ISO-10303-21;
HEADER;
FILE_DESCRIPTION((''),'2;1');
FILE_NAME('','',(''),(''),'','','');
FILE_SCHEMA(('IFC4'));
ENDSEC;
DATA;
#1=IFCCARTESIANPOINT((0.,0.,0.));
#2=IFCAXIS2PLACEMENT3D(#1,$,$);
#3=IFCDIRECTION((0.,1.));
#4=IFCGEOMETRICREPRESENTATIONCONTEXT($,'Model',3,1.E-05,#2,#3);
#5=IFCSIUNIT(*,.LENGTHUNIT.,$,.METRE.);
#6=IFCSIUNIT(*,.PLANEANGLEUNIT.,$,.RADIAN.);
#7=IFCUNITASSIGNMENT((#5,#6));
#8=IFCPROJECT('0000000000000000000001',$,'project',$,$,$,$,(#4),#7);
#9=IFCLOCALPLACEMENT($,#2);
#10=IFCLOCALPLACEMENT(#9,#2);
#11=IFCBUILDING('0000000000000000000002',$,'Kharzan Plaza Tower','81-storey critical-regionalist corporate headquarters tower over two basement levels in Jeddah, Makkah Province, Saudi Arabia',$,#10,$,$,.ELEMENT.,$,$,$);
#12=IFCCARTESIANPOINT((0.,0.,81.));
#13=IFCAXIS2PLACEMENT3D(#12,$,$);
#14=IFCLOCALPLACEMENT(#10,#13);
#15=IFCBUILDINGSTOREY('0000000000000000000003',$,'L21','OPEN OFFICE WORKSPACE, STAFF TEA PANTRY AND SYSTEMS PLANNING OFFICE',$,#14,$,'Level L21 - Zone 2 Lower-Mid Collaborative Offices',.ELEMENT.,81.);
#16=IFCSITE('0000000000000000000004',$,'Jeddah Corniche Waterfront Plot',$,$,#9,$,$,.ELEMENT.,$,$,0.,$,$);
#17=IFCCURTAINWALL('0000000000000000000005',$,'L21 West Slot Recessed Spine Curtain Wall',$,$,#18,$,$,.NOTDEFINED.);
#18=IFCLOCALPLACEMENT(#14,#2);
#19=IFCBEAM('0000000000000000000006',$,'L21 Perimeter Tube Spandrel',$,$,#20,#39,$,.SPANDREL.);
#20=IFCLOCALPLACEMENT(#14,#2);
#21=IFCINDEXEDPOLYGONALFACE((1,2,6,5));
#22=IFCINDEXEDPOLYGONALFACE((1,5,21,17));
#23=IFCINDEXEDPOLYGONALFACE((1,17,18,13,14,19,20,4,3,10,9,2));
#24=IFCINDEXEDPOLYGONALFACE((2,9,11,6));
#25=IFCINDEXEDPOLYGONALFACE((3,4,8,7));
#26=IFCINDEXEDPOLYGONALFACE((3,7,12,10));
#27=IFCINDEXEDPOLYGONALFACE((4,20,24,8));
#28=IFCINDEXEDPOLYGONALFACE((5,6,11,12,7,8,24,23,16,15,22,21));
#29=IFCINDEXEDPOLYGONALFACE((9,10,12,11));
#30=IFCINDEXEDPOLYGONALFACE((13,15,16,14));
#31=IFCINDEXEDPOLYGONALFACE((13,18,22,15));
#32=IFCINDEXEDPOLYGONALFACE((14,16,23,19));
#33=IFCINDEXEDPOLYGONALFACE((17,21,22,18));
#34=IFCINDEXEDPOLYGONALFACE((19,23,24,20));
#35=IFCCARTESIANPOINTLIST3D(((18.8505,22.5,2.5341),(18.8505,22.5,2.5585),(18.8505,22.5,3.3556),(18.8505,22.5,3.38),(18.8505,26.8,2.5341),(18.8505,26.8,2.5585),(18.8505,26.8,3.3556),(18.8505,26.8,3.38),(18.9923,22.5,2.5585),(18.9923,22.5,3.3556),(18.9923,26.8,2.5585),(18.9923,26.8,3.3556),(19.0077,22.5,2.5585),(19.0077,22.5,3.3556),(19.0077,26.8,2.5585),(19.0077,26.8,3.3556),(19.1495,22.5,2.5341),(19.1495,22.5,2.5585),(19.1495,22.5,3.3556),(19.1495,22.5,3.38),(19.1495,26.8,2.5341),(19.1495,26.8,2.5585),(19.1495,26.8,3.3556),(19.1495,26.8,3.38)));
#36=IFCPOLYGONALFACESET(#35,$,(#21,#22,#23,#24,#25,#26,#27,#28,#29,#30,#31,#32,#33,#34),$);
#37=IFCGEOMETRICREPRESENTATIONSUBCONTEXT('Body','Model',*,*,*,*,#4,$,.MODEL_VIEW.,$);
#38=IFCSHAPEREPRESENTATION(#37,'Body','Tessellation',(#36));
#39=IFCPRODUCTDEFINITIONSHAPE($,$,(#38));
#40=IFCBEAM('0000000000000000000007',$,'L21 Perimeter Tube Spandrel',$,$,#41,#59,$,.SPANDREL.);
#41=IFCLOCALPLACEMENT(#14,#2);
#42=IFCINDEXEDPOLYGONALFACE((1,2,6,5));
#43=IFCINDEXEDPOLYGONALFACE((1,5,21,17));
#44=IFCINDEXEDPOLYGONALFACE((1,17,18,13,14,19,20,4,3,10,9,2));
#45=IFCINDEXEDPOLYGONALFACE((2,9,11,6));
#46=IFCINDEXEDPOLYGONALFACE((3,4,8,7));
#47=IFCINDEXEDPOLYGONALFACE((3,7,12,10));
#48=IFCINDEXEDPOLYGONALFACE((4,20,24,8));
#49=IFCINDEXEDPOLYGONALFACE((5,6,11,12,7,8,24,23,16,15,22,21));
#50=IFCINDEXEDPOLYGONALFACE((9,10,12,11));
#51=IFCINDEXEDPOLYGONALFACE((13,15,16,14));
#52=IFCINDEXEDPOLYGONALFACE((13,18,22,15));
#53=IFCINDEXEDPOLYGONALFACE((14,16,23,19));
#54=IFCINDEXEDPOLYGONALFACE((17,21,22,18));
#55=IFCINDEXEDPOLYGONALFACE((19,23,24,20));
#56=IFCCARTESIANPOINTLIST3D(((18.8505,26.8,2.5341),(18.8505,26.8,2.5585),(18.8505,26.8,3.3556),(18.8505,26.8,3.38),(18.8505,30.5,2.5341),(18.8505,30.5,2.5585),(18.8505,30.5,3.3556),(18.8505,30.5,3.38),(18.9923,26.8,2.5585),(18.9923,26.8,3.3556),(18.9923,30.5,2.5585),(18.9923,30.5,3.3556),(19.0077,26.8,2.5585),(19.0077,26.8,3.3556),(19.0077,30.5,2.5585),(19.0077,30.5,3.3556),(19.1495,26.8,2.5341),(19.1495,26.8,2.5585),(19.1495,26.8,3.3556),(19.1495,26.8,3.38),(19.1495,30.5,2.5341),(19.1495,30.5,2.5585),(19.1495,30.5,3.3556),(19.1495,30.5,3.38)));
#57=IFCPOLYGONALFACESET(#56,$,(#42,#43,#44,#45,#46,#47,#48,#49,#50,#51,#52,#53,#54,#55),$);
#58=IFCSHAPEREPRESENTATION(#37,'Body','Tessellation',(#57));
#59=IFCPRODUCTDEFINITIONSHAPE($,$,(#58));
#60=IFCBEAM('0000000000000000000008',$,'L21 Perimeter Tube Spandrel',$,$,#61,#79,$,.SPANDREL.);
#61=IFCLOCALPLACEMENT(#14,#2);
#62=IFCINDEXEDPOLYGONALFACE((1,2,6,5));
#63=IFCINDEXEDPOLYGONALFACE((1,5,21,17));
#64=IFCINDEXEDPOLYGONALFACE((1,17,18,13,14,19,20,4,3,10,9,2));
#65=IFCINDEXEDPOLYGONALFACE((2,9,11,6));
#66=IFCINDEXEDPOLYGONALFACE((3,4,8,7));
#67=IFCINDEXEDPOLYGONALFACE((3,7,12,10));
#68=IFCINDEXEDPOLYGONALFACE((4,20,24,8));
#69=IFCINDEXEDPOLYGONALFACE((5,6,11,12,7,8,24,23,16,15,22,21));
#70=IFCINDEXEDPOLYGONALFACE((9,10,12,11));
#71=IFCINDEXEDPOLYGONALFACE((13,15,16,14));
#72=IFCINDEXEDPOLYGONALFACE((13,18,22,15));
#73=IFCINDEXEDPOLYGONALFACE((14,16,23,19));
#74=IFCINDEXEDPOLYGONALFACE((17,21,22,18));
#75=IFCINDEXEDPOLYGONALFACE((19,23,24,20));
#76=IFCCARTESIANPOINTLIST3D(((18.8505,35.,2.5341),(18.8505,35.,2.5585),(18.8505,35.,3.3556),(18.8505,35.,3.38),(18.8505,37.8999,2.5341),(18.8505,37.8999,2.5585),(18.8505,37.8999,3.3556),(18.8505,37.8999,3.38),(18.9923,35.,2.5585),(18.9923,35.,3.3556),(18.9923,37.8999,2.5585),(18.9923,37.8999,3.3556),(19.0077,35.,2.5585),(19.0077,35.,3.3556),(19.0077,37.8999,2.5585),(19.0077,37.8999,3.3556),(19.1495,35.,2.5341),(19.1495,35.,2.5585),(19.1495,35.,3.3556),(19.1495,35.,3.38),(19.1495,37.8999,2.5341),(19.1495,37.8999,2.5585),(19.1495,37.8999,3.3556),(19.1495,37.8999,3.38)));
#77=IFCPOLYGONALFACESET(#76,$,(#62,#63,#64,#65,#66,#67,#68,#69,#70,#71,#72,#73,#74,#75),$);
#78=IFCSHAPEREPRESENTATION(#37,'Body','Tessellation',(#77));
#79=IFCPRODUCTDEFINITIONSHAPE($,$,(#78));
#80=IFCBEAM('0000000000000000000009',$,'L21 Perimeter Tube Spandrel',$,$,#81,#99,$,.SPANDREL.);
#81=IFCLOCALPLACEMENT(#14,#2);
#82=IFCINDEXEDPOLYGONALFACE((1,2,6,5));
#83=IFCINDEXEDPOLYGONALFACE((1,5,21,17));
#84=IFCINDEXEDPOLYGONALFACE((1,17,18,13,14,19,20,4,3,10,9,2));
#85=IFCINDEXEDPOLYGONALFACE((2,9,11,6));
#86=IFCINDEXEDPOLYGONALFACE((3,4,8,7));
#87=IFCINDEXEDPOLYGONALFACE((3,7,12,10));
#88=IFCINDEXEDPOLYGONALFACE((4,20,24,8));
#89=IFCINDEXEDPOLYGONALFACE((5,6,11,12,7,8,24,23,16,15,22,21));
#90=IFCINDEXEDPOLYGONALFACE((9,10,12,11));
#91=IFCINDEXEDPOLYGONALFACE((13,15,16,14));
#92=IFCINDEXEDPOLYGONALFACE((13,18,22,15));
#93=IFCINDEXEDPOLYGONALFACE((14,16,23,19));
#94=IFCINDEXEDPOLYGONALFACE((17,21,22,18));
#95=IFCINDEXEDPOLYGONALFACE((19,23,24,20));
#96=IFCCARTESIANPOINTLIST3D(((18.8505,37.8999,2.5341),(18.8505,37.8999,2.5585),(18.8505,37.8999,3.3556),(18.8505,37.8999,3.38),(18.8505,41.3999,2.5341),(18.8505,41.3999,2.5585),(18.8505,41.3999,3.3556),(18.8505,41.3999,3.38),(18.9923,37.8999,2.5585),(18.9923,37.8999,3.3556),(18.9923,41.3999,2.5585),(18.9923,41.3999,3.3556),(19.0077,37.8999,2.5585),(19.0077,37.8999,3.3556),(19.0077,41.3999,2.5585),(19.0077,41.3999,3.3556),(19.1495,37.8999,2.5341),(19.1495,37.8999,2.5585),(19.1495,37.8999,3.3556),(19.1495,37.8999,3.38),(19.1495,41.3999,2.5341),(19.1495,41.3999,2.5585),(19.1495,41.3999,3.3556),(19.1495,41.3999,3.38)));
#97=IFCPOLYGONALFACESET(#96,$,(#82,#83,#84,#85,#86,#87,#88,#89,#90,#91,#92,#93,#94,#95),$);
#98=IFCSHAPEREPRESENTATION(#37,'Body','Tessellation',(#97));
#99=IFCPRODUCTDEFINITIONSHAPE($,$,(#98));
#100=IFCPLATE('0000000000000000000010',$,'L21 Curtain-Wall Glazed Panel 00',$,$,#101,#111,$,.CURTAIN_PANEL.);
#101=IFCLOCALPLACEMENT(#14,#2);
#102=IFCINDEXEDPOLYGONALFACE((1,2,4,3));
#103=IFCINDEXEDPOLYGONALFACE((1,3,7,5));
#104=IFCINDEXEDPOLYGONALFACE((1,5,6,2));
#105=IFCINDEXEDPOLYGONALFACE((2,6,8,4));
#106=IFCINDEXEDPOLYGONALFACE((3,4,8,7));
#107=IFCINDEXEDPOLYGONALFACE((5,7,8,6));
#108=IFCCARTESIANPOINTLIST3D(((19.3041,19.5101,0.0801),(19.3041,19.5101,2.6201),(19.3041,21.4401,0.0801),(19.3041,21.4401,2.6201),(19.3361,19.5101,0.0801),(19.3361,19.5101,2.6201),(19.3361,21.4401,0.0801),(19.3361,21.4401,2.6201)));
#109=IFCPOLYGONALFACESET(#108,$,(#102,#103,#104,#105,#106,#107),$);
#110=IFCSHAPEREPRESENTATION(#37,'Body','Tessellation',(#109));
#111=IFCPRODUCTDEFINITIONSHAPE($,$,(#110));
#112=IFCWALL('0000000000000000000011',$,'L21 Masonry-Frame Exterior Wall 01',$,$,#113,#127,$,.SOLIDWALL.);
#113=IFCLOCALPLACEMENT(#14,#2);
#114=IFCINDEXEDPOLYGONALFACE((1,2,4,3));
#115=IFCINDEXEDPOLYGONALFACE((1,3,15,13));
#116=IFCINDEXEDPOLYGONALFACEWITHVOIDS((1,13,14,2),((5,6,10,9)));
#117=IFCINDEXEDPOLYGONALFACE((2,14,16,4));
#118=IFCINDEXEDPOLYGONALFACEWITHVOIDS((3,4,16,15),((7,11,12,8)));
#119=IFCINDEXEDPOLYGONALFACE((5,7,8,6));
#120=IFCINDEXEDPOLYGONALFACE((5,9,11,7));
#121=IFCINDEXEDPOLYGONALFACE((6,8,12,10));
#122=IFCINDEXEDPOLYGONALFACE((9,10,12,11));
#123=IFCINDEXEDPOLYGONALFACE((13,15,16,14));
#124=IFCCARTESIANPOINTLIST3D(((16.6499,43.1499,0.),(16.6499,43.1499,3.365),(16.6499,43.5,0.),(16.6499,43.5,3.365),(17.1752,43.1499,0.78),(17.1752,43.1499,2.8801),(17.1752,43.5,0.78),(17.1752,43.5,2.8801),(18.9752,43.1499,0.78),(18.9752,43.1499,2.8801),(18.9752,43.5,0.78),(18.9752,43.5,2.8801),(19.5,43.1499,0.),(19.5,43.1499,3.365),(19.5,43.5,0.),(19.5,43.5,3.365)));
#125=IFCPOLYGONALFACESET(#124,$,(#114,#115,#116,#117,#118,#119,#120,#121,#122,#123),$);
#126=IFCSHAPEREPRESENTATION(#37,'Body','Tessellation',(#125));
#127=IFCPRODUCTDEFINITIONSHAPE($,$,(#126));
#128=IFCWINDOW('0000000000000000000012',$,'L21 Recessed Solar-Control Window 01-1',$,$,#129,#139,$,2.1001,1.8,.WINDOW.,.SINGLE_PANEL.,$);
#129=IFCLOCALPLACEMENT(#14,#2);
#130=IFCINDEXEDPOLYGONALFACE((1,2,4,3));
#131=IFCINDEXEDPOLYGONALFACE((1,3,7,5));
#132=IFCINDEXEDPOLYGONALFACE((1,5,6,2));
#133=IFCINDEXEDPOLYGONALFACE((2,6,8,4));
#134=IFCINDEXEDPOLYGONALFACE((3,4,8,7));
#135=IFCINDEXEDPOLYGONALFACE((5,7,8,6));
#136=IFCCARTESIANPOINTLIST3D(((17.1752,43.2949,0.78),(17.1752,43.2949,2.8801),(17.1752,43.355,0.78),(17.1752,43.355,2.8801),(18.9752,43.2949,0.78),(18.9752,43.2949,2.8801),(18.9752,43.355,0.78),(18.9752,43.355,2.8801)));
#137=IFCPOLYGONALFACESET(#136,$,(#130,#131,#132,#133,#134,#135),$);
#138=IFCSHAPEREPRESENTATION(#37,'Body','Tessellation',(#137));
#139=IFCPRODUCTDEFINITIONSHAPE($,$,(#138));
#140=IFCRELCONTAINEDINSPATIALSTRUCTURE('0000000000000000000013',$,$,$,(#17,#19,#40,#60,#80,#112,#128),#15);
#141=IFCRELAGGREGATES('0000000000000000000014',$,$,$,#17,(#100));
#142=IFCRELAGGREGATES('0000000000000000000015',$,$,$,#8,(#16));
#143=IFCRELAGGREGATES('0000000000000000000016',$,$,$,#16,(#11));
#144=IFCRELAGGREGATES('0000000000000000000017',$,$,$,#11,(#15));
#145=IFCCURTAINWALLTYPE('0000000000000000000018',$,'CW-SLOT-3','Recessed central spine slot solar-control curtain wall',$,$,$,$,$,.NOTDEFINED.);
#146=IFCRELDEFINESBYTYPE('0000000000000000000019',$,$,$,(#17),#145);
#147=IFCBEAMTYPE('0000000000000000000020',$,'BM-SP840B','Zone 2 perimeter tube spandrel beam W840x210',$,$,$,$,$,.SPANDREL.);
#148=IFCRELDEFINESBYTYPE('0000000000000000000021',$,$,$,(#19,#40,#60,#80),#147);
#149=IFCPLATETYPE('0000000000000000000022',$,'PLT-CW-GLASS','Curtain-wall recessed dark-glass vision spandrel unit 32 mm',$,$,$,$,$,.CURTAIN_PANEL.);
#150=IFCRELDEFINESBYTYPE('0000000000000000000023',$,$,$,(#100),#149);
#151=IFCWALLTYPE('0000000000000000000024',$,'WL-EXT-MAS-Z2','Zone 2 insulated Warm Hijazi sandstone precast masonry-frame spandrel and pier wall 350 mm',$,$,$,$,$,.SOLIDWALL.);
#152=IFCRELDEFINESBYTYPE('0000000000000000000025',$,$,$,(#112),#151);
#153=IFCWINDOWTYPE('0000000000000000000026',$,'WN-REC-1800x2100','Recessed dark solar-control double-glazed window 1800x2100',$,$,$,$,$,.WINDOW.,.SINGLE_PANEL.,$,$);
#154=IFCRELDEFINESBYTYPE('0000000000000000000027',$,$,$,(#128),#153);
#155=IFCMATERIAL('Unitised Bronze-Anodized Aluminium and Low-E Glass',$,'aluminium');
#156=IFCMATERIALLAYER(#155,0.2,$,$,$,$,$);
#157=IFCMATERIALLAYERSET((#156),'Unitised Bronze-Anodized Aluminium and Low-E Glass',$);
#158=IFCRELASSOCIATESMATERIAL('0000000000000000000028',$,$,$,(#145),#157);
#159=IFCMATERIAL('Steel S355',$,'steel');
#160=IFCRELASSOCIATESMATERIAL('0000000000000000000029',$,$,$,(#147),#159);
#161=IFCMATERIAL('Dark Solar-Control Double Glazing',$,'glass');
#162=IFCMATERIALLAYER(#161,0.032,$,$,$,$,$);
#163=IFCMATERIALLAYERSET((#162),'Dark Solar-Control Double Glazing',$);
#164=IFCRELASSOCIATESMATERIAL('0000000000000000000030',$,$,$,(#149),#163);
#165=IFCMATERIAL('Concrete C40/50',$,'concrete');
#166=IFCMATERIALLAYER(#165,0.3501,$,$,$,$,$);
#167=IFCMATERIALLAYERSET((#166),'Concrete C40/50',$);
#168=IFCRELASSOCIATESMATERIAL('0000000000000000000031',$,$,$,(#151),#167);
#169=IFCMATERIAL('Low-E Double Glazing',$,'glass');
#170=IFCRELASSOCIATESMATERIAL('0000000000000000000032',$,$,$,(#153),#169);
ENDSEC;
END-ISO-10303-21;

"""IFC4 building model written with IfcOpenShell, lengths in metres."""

from ifc_helpers import new_model, si_unit, direction, frame, frame_2d, origin, origin_2d, place, context, subcontext, project, spatial, rectangle, i_section, extrude, source, transform, mapped, material, layer, layer_set, material_profile, profile_set, type_object, element, fill, aggregate, save


model = new_model("IFC4")

# Units and contexts
model_context = context("Model", 3, precision=1e-05, world=origin(), true_north=direction((0.0, 1.0)))
body_context = subcontext(model_context, "Body", "Model", "MODEL_VIEW")
ifc_project = project(units=[si_unit("LENGTHUNIT", "METRE"), si_unit("PLANEANGLEUNIT", "RADIAN")], contexts=[model_context])

# Site, building, storey
site_placement = place(None, origin())
site = spatial("IfcSite", under=ifc_project, at=site_placement, Name="Jeddah Corniche Waterfront Plot", CompositionType="ELEMENT", RefElevation=0.0)
building_placement = place(site_placement, origin())
building = spatial("IfcBuilding", under=site, at=building_placement, Name="Kharzan Plaza Tower", Description="81-storey critical-regionalist corporate headquarters tower over two basement levels in Jeddah, Makkah Province, Saudi Arabia", CompositionType="ELEMENT")
storey_placement = place(building_placement, frame((0.0, 0.0, 81.0)))
storey = spatial("IfcBuildingStorey", under=building, at=storey_placement, Name="L21", Description="OPEN OFFICE WORKSPACE, STAFF TEA PANTRY AND SYSTEMS PLANNING OFFICE", LongName="Level L21 - Zone 2 Lower-Mid Collaborative Offices", CompositionType="ELEMENT", Elevation=81.0)

# Curtain wall
ifc_material_1 = material(Name="Unitised Bronze-Anodized Aluminium and Low-E Glass", Category="aluminium")
ifc_layer_1 = layer(ifc_material_1, 0.2)
ifc_layer_set_1 = layer_set([ifc_layer_1], Name="Unitised Bronze-Anodized Aluminium and Low-E Glass")
curtain_wall_type = type_object("IfcCurtainWallType", Name="CW-SLOT-3", Description="Recessed central spine slot solar-control curtain wall", PredefinedType="NOTDEFINED", material=ifc_layer_set_1)
curtain_wall_placement = place(storey_placement, origin())
curtain_wall = element("IfcCurtainWall", 1, at=curtain_wall_placement, inside=storey, type_object=curtain_wall_type, Name="L21 West Slot Recessed Spine Curtain Wall", PredefinedType="NOTDEFINED")

# Beams
ifc_material_2 = material(Name="Steel S355", Category="steel")
ifc_material_profile_1 = material_profile(ifc_material_2, i_section(OverallWidth=0.2991, OverallDepth=0.8459, WebThickness=0.0154, FlangeThickness=0.0244, at=origin_2d()), Name="W840x210")
ifc_profile_set_1 = profile_set([ifc_material_profile_1], Name="Steel S355")
beam_type = type_object("IfcBeamType", Name="BM-SP840B", Description="Zone 2 perimeter tube spandrel beam W840x210", PredefinedType="SPANDREL", material=ifc_profile_set_1)
shared_shape_1 = source(origin(), body_context, "Body", "SweptSolid", [
    extrude(i_section(OverallWidth=0.2991, OverallDepth=0.8459, WebThickness=0.0154, FlangeThickness=0.0244, at=origin_2d()), origin(), (0.0, 0.0, 1.0), 4.3),
])
beam_1_placement = place(storey_placement, frame((19.0, 22.5, 2.957), z_axis=(0.0, 1.0, 0.0), x_axis=(-1.0, 0.0, 0.0)))
element("IfcBeam", 2, at=beam_1_placement, inside=storey, type_object=beam_type, Name="L21 Perimeter Tube Spandrel", PredefinedType="SPANDREL", context=body_context, shape_type="MappedRepresentation", body=[
    mapped(shared_shape_1, transform((0.0, 0.0, 0.0), x_axis=(1.0, 0.0, 0.0), y_axis=(0.0, 1.0, 0.0), z_axis=(0.0, 0.0, 1.0))),
])
shared_shape_2 = source(origin(), body_context, "Body", "SweptSolid", [
    extrude(i_section(OverallWidth=0.2991, OverallDepth=0.8459, WebThickness=0.0154, FlangeThickness=0.0244, at=origin_2d()), origin(), (0.0, 0.0, 1.0), 3.7),
])
beam_2_placement = place(storey_placement, frame((19.0, 26.8, 2.957), z_axis=(0.0, 1.0, 0.0), x_axis=(-1.0, 0.0, 0.0)))
element("IfcBeam", 3, at=beam_2_placement, inside=storey, type_object=beam_type, Name="L21 Perimeter Tube Spandrel", PredefinedType="SPANDREL", context=body_context, shape_type="MappedRepresentation", body=[
    mapped(shared_shape_2, transform((0.0, 0.0, 0.0), x_axis=(1.0, 0.0, 0.0), y_axis=(0.0, 1.0, 0.0), z_axis=(0.0, 0.0, 1.0))),
])
shared_shape_3 = source(origin(), body_context, "Body", "SweptSolid", [
    extrude(i_section(OverallWidth=0.2991, OverallDepth=0.8459, WebThickness=0.0154, FlangeThickness=0.0244, at=origin_2d()), origin(), (0.0, 0.0, 1.0), 2.8999),
])
beam_3_placement = place(storey_placement, frame((19.0, 35.0, 2.957), z_axis=(0.0, 1.0, 0.0), x_axis=(-1.0, 0.0, 0.0)))
element("IfcBeam", 4, at=beam_3_placement, inside=storey, type_object=beam_type, Name="L21 Perimeter Tube Spandrel", PredefinedType="SPANDREL", context=body_context, shape_type="MappedRepresentation", body=[
    mapped(shared_shape_3, transform((0.0, 0.0, 0.0), x_axis=(1.0, 0.0, 0.0), y_axis=(0.0, 1.0, 0.0), z_axis=(0.0, 0.0, 1.0))),
])
shared_shape_4 = source(origin(), body_context, "Body", "SweptSolid", [
    extrude(i_section(OverallWidth=0.2991, OverallDepth=0.8459, WebThickness=0.0154, FlangeThickness=0.0244, at=origin_2d()), origin(), (0.0, 0.0, 1.0), 3.5),
])
beam_4_placement = place(storey_placement, frame((19.0, 37.8999, 2.957), z_axis=(0.0, 1.0, 0.0), x_axis=(-1.0, 0.0, 0.0)))
element("IfcBeam", 5, at=beam_4_placement, inside=storey, type_object=beam_type, Name="L21 Perimeter Tube Spandrel", PredefinedType="SPANDREL", context=body_context, shape_type="MappedRepresentation", body=[
    mapped(shared_shape_4, transform((0.0, 0.0, 0.0), x_axis=(1.0, 0.0, 0.0), y_axis=(0.0, 1.0, 0.0), z_axis=(0.0, 0.0, 1.0))),
])

# Plate
ifc_material_3 = material(Name="Dark Solar-Control Double Glazing", Category="glass")
ifc_layer_2 = layer(ifc_material_3, 0.032)
ifc_layer_set_2 = layer_set([ifc_layer_2], Name="Dark Solar-Control Double Glazing")
plate_type = type_object("IfcPlateType", Name="PLT-CW-GLASS", Description="Curtain-wall recessed dark-glass vision spandrel unit 32 mm", PredefinedType="CURTAIN_PANEL", material=ifc_layer_set_2)
shared_shape_5 = source(origin(), body_context, "Body", "SweptSolid", [
    extrude(rectangle(XDim=1.9299, YDim=0.032, at=origin_2d()), origin(), (0.0, 0.0, 1.0), 2.54),
])
plate_placement = place(storey_placement, frame((19.3201, 20.4751, 0.0801), z_axis=(0.0, 0.0, 1.0), x_axis=(0.0, 1.0, 0.0)))
plate = element("IfcPlate", 6, at=plate_placement, type_object=plate_type, Name="L21 Curtain-Wall Glazed Panel 00", PredefinedType="CURTAIN_PANEL", context=body_context, shape_type="MappedRepresentation", body=[
    mapped(shared_shape_5, transform((0.0, 0.0, 0.0), x_axis=(1.0, 0.0, 0.0), y_axis=(0.0, 1.0, 0.0), z_axis=(0.0, 0.0, 1.0))),
])
aggregate(curtain_wall, [plate])

# Wall, opening, window
ifc_material_4 = material(Name="Concrete C40/50", Category="concrete")
ifc_layer_3 = layer(ifc_material_4, 0.3501)
ifc_layer_set_3 = layer_set([ifc_layer_3], Name="Concrete C40/50")
wall_type_1 = type_object("IfcWallType", Name="WL-EXT-MAS-Z2", Description="Zone 2 insulated Warm Hijazi sandstone precast masonry-frame spandrel and pier wall 350 mm", PredefinedType="SOLIDWALL", material=ifc_layer_set_3)
wall_1_placement = place(storey_placement, frame((19.5, 43.325, 0.0), z_axis=(0.0, 0.0, 1.0), x_axis=(-1.0, 0.0, 0.0)))
wall_1 = element("IfcWall", 7, at=wall_1_placement, inside=storey, type_object=wall_type_1, Name="L21 Masonry-Frame Exterior Wall 01", PredefinedType="SOLIDWALL", context=body_context, shape_type="SweptSolid", body=[
    extrude(rectangle(XDim=2.8501, YDim=0.3501, at=frame_2d((1.425, 0.0))), origin(), (0.0, 0.0, 1.0), 3.365),
])
opening_1_placement = place(wall_1_placement, frame((0.5249, 0.0, 0.78)))
opening_1 = element("IfcOpeningElement", 8, at=opening_1_placement, cuts=wall_1, PredefinedType="OPENING", context=body_context, shape_type="SweptSolid", body=[
    extrude(rectangle(XDim=1.8, YDim=2.1001, at=frame_2d((0.8999, 1.05))), frame((0.0, 0.1851, 0.0), z_axis=(0.0, -1.0, 0.0), x_axis=(1.0, 0.0, 0.0)), (0.0, 0.0, 1.0), 0.3701),
])
ifc_material_5 = material(Name="Low-E Double Glazing", Category="glass")
window_type_1 = type_object("IfcWindowType", Name="WN-REC-1800x2100", Description="Recessed dark solar-control double-glazed window 1800x2100", PartitioningType="SINGLE_PANEL", PredefinedType="WINDOW", material=ifc_material_5)
shared_shape_6 = source(origin(), body_context, "Body", "SweptSolid", [
    extrude(rectangle(XDim=1.8, YDim=2.1001, at=frame_2d((0.8999, 1.05))), frame((0.0, 0.03, 0.0), z_axis=(0.0, -1.0, 0.0), x_axis=(1.0, 0.0, 0.0)), (0.0, 0.0, 1.0), 0.0601),
])
window_1_placement = place(opening_1_placement, origin())
window_1 = element("IfcWindow", 9, at=window_1_placement, inside=storey, type_object=window_type_1, Name="L21 Recessed Solar-Control Window 01-1", OverallHeight=2.1001, OverallWidth=1.8, PartitioningType="SINGLE_PANEL", PredefinedType="WINDOW", context=body_context, shape_type="MappedRepresentation", body=[
    mapped(shared_shape_6, transform((0.0, 0.0, 0.0), x_axis=(1.0, 0.0, 0.0), y_axis=(0.0, 1.0, 0.0), z_axis=(0.0, 0.0, 1.0))),
])
fill(opening_1, window_1)

save(model, "model.ifc")
